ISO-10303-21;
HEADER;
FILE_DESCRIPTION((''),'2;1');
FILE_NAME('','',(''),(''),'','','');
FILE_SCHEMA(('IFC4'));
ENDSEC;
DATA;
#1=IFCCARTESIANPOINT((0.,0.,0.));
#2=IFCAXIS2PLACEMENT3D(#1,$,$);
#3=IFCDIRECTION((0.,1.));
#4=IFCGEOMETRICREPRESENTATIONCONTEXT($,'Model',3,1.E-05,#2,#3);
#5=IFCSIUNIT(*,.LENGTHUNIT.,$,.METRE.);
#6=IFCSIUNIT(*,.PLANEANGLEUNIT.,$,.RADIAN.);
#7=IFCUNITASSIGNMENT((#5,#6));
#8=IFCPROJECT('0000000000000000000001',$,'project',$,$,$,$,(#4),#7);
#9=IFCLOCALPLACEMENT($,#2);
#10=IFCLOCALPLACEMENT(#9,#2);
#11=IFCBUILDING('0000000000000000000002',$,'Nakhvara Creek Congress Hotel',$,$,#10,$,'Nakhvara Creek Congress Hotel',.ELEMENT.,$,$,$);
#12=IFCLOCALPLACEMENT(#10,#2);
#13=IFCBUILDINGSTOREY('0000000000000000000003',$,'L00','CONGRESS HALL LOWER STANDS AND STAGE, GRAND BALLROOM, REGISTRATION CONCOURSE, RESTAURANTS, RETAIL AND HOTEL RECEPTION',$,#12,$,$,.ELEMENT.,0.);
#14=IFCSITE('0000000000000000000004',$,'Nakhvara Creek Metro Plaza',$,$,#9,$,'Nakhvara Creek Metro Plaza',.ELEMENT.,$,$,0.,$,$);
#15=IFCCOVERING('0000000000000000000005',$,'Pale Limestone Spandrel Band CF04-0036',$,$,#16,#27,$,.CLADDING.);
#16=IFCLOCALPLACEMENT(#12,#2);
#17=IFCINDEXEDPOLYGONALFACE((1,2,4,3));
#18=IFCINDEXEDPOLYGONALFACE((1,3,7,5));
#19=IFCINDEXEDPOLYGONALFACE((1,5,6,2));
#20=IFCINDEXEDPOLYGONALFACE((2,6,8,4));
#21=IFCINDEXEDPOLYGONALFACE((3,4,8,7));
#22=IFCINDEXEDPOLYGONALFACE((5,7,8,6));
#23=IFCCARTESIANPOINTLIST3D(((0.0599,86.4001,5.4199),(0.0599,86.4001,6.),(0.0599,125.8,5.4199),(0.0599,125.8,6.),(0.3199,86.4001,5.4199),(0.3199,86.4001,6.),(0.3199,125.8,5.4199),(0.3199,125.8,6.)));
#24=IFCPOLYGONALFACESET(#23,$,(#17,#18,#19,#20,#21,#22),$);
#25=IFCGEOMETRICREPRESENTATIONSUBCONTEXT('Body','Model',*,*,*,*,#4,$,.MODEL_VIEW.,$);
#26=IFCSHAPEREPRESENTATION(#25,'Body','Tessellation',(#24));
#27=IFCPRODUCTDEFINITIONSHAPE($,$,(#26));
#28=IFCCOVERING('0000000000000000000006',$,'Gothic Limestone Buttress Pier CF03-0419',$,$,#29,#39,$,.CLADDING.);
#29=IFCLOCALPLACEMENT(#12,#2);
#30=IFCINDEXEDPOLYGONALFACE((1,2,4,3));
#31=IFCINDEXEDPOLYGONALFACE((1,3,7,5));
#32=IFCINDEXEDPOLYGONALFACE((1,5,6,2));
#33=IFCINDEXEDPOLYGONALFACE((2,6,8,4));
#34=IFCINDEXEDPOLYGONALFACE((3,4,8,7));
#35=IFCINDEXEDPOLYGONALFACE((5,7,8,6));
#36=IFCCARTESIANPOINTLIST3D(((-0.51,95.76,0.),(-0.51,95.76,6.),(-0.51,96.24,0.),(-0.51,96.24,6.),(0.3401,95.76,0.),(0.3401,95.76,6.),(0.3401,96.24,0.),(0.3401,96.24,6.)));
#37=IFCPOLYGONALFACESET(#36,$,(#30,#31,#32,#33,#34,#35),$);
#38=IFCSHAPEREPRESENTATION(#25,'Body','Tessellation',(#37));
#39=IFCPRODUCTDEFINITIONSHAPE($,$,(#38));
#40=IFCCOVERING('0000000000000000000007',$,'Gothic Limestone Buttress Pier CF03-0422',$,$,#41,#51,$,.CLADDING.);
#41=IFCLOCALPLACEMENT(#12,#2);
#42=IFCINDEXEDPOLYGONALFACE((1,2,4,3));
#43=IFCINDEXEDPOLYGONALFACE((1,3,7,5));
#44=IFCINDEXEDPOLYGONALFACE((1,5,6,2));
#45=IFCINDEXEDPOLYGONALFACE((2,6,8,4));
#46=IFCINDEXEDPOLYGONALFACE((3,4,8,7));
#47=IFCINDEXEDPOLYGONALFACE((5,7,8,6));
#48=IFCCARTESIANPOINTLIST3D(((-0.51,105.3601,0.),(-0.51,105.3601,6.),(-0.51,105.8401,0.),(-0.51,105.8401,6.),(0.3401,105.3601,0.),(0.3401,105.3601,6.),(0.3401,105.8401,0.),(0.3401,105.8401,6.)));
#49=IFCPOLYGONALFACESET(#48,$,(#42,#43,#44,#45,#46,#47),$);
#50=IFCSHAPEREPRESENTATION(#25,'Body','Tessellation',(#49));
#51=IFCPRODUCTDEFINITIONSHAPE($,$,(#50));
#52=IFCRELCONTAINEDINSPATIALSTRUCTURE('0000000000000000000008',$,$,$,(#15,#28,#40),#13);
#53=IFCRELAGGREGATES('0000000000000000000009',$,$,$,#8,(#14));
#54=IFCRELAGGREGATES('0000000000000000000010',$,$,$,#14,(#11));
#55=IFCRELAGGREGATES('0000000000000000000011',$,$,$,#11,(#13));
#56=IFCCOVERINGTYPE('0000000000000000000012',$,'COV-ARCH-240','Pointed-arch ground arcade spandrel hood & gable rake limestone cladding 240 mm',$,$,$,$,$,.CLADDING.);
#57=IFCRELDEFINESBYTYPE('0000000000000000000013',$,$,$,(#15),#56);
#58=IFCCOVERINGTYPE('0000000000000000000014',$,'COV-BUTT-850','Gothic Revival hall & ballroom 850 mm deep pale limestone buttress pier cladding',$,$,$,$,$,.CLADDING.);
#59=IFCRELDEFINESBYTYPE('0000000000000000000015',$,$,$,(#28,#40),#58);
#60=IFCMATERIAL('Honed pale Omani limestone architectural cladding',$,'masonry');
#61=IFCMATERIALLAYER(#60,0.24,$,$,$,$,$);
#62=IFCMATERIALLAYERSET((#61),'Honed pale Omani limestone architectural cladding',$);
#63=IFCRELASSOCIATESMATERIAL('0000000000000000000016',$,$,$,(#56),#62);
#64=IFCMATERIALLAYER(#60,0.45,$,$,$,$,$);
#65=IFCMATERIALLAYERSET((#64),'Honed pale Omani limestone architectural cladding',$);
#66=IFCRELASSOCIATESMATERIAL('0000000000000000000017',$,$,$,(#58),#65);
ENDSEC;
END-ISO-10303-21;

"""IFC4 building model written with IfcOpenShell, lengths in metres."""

from ifc_helpers import new_model, si_unit, direction, frame, origin, origin_2d, place, context, subcontext, project, spatial, rectangle, extrude, material, layer, layer_set, type_object, element, save


model = new_model("IFC4")

# Units and contexts
model_context = context("Model", 3, precision=1e-05, world=origin(), true_north=direction((0.0, 1.0)))
body_context = subcontext(model_context, "Body", "Model", "MODEL_VIEW")
ifc_project = project(units=[si_unit("LENGTHUNIT", "METRE"), si_unit("PLANEANGLEUNIT", "RADIAN")], contexts=[model_context])

# Site, building, storey
site_placement = place(None, origin())
site = spatial("IfcSite", under=ifc_project, at=site_placement, Name="Nakhvara Creek Metro Plaza", LongName="Nakhvara Creek Metro Plaza", CompositionType="ELEMENT", RefElevation=0.0)
building_placement = place(site_placement, origin())
building = spatial("IfcBuilding", under=site, at=building_placement, Name="Nakhvara Creek Congress Hotel", LongName="Nakhvara Creek Congress Hotel", CompositionType="ELEMENT")
storey_placement = place(building_placement, origin())
storey = spatial("IfcBuildingStorey", under=building, at=storey_placement, Name="L00", Description="CONGRESS HALL LOWER STANDS AND STAGE, GRAND BALLROOM, REGISTRATION CONCOURSE, RESTAURANTS, RETAIL AND HOTEL RECEPTION", CompositionType="ELEMENT", Elevation=0.0)

# Coverings
ifc_material_1 = material(Name="Honed pale Omani limestone architectural cladding", Category="masonry")
ifc_layer_1 = layer(ifc_material_1, 0.24)
ifc_layer_set_1 = layer_set([ifc_layer_1], Name="Honed pale Omani limestone architectural cladding")
covering_type_1 = type_object("IfcCoveringType", Name="COV-ARCH-240", Description="Pointed-arch ground arcade spandrel hood & gable rake limestone cladding 240 mm", PredefinedType="CLADDING", material=ifc_layer_set_1)
covering_placement = place(storey_placement, frame((0.1899, 106.1001, 5.4199), z_axis=(0.0, 0.0, 1.0), x_axis=(0.0, 1.0, 0.0)))
element("IfcCovering", 1, at=covering_placement, inside=storey, type_object=covering_type_1, Name="Pale Limestone Spandrel Band CF04-0036", PredefinedType="CLADDING", context=body_context, shape_type="SweptSolid", body=[
    extrude(rectangle(XDim=39.3999, YDim=0.26, at=origin_2d()), origin(), (0.0, 0.0, 1.0), 0.5801),
])
ifc_layer_2 = layer(ifc_material_1, 0.45)
ifc_layer_set_2 = layer_set([ifc_layer_2], Name="Honed pale Omani limestone architectural cladding")
covering_type_2 = type_object("IfcCoveringType", Name="COV-BUTT-850", Description="Gothic Revival hall & ballroom 850 mm deep pale limestone buttress pier cladding", PredefinedType="CLADDING", material=ifc_layer_set_2)
for number, where, z_axis, x_axis, name in (
    (2, (-0.085, 96.0, 0.0), (0.0, 0.0, 1.0), (0.0, 1.0, 0.0), "Gothic Limestone Buttress Pier CF03-0419"),
    (3, (-0.085, 105.6001, 0.0), (0.0, 0.0, 1.0), (0.0, 1.0, 0.0), "Gothic Limestone Buttress Pier CF03-0422"),
):
    element("IfcCovering", number, at=place(storey_placement, frame(where, z_axis=z_axis, x_axis=x_axis)), inside=storey, type_object=covering_type_2, Name=name, PredefinedType="CLADDING", context=body_context, shape_type="SweptSolid", body=[
        extrude(rectangle(XDim=0.48, YDim=0.8501, at=origin_2d()), origin(), (0.0, 0.0, 1.0), 6.0),
    ])

save(model, "model.ifc")
